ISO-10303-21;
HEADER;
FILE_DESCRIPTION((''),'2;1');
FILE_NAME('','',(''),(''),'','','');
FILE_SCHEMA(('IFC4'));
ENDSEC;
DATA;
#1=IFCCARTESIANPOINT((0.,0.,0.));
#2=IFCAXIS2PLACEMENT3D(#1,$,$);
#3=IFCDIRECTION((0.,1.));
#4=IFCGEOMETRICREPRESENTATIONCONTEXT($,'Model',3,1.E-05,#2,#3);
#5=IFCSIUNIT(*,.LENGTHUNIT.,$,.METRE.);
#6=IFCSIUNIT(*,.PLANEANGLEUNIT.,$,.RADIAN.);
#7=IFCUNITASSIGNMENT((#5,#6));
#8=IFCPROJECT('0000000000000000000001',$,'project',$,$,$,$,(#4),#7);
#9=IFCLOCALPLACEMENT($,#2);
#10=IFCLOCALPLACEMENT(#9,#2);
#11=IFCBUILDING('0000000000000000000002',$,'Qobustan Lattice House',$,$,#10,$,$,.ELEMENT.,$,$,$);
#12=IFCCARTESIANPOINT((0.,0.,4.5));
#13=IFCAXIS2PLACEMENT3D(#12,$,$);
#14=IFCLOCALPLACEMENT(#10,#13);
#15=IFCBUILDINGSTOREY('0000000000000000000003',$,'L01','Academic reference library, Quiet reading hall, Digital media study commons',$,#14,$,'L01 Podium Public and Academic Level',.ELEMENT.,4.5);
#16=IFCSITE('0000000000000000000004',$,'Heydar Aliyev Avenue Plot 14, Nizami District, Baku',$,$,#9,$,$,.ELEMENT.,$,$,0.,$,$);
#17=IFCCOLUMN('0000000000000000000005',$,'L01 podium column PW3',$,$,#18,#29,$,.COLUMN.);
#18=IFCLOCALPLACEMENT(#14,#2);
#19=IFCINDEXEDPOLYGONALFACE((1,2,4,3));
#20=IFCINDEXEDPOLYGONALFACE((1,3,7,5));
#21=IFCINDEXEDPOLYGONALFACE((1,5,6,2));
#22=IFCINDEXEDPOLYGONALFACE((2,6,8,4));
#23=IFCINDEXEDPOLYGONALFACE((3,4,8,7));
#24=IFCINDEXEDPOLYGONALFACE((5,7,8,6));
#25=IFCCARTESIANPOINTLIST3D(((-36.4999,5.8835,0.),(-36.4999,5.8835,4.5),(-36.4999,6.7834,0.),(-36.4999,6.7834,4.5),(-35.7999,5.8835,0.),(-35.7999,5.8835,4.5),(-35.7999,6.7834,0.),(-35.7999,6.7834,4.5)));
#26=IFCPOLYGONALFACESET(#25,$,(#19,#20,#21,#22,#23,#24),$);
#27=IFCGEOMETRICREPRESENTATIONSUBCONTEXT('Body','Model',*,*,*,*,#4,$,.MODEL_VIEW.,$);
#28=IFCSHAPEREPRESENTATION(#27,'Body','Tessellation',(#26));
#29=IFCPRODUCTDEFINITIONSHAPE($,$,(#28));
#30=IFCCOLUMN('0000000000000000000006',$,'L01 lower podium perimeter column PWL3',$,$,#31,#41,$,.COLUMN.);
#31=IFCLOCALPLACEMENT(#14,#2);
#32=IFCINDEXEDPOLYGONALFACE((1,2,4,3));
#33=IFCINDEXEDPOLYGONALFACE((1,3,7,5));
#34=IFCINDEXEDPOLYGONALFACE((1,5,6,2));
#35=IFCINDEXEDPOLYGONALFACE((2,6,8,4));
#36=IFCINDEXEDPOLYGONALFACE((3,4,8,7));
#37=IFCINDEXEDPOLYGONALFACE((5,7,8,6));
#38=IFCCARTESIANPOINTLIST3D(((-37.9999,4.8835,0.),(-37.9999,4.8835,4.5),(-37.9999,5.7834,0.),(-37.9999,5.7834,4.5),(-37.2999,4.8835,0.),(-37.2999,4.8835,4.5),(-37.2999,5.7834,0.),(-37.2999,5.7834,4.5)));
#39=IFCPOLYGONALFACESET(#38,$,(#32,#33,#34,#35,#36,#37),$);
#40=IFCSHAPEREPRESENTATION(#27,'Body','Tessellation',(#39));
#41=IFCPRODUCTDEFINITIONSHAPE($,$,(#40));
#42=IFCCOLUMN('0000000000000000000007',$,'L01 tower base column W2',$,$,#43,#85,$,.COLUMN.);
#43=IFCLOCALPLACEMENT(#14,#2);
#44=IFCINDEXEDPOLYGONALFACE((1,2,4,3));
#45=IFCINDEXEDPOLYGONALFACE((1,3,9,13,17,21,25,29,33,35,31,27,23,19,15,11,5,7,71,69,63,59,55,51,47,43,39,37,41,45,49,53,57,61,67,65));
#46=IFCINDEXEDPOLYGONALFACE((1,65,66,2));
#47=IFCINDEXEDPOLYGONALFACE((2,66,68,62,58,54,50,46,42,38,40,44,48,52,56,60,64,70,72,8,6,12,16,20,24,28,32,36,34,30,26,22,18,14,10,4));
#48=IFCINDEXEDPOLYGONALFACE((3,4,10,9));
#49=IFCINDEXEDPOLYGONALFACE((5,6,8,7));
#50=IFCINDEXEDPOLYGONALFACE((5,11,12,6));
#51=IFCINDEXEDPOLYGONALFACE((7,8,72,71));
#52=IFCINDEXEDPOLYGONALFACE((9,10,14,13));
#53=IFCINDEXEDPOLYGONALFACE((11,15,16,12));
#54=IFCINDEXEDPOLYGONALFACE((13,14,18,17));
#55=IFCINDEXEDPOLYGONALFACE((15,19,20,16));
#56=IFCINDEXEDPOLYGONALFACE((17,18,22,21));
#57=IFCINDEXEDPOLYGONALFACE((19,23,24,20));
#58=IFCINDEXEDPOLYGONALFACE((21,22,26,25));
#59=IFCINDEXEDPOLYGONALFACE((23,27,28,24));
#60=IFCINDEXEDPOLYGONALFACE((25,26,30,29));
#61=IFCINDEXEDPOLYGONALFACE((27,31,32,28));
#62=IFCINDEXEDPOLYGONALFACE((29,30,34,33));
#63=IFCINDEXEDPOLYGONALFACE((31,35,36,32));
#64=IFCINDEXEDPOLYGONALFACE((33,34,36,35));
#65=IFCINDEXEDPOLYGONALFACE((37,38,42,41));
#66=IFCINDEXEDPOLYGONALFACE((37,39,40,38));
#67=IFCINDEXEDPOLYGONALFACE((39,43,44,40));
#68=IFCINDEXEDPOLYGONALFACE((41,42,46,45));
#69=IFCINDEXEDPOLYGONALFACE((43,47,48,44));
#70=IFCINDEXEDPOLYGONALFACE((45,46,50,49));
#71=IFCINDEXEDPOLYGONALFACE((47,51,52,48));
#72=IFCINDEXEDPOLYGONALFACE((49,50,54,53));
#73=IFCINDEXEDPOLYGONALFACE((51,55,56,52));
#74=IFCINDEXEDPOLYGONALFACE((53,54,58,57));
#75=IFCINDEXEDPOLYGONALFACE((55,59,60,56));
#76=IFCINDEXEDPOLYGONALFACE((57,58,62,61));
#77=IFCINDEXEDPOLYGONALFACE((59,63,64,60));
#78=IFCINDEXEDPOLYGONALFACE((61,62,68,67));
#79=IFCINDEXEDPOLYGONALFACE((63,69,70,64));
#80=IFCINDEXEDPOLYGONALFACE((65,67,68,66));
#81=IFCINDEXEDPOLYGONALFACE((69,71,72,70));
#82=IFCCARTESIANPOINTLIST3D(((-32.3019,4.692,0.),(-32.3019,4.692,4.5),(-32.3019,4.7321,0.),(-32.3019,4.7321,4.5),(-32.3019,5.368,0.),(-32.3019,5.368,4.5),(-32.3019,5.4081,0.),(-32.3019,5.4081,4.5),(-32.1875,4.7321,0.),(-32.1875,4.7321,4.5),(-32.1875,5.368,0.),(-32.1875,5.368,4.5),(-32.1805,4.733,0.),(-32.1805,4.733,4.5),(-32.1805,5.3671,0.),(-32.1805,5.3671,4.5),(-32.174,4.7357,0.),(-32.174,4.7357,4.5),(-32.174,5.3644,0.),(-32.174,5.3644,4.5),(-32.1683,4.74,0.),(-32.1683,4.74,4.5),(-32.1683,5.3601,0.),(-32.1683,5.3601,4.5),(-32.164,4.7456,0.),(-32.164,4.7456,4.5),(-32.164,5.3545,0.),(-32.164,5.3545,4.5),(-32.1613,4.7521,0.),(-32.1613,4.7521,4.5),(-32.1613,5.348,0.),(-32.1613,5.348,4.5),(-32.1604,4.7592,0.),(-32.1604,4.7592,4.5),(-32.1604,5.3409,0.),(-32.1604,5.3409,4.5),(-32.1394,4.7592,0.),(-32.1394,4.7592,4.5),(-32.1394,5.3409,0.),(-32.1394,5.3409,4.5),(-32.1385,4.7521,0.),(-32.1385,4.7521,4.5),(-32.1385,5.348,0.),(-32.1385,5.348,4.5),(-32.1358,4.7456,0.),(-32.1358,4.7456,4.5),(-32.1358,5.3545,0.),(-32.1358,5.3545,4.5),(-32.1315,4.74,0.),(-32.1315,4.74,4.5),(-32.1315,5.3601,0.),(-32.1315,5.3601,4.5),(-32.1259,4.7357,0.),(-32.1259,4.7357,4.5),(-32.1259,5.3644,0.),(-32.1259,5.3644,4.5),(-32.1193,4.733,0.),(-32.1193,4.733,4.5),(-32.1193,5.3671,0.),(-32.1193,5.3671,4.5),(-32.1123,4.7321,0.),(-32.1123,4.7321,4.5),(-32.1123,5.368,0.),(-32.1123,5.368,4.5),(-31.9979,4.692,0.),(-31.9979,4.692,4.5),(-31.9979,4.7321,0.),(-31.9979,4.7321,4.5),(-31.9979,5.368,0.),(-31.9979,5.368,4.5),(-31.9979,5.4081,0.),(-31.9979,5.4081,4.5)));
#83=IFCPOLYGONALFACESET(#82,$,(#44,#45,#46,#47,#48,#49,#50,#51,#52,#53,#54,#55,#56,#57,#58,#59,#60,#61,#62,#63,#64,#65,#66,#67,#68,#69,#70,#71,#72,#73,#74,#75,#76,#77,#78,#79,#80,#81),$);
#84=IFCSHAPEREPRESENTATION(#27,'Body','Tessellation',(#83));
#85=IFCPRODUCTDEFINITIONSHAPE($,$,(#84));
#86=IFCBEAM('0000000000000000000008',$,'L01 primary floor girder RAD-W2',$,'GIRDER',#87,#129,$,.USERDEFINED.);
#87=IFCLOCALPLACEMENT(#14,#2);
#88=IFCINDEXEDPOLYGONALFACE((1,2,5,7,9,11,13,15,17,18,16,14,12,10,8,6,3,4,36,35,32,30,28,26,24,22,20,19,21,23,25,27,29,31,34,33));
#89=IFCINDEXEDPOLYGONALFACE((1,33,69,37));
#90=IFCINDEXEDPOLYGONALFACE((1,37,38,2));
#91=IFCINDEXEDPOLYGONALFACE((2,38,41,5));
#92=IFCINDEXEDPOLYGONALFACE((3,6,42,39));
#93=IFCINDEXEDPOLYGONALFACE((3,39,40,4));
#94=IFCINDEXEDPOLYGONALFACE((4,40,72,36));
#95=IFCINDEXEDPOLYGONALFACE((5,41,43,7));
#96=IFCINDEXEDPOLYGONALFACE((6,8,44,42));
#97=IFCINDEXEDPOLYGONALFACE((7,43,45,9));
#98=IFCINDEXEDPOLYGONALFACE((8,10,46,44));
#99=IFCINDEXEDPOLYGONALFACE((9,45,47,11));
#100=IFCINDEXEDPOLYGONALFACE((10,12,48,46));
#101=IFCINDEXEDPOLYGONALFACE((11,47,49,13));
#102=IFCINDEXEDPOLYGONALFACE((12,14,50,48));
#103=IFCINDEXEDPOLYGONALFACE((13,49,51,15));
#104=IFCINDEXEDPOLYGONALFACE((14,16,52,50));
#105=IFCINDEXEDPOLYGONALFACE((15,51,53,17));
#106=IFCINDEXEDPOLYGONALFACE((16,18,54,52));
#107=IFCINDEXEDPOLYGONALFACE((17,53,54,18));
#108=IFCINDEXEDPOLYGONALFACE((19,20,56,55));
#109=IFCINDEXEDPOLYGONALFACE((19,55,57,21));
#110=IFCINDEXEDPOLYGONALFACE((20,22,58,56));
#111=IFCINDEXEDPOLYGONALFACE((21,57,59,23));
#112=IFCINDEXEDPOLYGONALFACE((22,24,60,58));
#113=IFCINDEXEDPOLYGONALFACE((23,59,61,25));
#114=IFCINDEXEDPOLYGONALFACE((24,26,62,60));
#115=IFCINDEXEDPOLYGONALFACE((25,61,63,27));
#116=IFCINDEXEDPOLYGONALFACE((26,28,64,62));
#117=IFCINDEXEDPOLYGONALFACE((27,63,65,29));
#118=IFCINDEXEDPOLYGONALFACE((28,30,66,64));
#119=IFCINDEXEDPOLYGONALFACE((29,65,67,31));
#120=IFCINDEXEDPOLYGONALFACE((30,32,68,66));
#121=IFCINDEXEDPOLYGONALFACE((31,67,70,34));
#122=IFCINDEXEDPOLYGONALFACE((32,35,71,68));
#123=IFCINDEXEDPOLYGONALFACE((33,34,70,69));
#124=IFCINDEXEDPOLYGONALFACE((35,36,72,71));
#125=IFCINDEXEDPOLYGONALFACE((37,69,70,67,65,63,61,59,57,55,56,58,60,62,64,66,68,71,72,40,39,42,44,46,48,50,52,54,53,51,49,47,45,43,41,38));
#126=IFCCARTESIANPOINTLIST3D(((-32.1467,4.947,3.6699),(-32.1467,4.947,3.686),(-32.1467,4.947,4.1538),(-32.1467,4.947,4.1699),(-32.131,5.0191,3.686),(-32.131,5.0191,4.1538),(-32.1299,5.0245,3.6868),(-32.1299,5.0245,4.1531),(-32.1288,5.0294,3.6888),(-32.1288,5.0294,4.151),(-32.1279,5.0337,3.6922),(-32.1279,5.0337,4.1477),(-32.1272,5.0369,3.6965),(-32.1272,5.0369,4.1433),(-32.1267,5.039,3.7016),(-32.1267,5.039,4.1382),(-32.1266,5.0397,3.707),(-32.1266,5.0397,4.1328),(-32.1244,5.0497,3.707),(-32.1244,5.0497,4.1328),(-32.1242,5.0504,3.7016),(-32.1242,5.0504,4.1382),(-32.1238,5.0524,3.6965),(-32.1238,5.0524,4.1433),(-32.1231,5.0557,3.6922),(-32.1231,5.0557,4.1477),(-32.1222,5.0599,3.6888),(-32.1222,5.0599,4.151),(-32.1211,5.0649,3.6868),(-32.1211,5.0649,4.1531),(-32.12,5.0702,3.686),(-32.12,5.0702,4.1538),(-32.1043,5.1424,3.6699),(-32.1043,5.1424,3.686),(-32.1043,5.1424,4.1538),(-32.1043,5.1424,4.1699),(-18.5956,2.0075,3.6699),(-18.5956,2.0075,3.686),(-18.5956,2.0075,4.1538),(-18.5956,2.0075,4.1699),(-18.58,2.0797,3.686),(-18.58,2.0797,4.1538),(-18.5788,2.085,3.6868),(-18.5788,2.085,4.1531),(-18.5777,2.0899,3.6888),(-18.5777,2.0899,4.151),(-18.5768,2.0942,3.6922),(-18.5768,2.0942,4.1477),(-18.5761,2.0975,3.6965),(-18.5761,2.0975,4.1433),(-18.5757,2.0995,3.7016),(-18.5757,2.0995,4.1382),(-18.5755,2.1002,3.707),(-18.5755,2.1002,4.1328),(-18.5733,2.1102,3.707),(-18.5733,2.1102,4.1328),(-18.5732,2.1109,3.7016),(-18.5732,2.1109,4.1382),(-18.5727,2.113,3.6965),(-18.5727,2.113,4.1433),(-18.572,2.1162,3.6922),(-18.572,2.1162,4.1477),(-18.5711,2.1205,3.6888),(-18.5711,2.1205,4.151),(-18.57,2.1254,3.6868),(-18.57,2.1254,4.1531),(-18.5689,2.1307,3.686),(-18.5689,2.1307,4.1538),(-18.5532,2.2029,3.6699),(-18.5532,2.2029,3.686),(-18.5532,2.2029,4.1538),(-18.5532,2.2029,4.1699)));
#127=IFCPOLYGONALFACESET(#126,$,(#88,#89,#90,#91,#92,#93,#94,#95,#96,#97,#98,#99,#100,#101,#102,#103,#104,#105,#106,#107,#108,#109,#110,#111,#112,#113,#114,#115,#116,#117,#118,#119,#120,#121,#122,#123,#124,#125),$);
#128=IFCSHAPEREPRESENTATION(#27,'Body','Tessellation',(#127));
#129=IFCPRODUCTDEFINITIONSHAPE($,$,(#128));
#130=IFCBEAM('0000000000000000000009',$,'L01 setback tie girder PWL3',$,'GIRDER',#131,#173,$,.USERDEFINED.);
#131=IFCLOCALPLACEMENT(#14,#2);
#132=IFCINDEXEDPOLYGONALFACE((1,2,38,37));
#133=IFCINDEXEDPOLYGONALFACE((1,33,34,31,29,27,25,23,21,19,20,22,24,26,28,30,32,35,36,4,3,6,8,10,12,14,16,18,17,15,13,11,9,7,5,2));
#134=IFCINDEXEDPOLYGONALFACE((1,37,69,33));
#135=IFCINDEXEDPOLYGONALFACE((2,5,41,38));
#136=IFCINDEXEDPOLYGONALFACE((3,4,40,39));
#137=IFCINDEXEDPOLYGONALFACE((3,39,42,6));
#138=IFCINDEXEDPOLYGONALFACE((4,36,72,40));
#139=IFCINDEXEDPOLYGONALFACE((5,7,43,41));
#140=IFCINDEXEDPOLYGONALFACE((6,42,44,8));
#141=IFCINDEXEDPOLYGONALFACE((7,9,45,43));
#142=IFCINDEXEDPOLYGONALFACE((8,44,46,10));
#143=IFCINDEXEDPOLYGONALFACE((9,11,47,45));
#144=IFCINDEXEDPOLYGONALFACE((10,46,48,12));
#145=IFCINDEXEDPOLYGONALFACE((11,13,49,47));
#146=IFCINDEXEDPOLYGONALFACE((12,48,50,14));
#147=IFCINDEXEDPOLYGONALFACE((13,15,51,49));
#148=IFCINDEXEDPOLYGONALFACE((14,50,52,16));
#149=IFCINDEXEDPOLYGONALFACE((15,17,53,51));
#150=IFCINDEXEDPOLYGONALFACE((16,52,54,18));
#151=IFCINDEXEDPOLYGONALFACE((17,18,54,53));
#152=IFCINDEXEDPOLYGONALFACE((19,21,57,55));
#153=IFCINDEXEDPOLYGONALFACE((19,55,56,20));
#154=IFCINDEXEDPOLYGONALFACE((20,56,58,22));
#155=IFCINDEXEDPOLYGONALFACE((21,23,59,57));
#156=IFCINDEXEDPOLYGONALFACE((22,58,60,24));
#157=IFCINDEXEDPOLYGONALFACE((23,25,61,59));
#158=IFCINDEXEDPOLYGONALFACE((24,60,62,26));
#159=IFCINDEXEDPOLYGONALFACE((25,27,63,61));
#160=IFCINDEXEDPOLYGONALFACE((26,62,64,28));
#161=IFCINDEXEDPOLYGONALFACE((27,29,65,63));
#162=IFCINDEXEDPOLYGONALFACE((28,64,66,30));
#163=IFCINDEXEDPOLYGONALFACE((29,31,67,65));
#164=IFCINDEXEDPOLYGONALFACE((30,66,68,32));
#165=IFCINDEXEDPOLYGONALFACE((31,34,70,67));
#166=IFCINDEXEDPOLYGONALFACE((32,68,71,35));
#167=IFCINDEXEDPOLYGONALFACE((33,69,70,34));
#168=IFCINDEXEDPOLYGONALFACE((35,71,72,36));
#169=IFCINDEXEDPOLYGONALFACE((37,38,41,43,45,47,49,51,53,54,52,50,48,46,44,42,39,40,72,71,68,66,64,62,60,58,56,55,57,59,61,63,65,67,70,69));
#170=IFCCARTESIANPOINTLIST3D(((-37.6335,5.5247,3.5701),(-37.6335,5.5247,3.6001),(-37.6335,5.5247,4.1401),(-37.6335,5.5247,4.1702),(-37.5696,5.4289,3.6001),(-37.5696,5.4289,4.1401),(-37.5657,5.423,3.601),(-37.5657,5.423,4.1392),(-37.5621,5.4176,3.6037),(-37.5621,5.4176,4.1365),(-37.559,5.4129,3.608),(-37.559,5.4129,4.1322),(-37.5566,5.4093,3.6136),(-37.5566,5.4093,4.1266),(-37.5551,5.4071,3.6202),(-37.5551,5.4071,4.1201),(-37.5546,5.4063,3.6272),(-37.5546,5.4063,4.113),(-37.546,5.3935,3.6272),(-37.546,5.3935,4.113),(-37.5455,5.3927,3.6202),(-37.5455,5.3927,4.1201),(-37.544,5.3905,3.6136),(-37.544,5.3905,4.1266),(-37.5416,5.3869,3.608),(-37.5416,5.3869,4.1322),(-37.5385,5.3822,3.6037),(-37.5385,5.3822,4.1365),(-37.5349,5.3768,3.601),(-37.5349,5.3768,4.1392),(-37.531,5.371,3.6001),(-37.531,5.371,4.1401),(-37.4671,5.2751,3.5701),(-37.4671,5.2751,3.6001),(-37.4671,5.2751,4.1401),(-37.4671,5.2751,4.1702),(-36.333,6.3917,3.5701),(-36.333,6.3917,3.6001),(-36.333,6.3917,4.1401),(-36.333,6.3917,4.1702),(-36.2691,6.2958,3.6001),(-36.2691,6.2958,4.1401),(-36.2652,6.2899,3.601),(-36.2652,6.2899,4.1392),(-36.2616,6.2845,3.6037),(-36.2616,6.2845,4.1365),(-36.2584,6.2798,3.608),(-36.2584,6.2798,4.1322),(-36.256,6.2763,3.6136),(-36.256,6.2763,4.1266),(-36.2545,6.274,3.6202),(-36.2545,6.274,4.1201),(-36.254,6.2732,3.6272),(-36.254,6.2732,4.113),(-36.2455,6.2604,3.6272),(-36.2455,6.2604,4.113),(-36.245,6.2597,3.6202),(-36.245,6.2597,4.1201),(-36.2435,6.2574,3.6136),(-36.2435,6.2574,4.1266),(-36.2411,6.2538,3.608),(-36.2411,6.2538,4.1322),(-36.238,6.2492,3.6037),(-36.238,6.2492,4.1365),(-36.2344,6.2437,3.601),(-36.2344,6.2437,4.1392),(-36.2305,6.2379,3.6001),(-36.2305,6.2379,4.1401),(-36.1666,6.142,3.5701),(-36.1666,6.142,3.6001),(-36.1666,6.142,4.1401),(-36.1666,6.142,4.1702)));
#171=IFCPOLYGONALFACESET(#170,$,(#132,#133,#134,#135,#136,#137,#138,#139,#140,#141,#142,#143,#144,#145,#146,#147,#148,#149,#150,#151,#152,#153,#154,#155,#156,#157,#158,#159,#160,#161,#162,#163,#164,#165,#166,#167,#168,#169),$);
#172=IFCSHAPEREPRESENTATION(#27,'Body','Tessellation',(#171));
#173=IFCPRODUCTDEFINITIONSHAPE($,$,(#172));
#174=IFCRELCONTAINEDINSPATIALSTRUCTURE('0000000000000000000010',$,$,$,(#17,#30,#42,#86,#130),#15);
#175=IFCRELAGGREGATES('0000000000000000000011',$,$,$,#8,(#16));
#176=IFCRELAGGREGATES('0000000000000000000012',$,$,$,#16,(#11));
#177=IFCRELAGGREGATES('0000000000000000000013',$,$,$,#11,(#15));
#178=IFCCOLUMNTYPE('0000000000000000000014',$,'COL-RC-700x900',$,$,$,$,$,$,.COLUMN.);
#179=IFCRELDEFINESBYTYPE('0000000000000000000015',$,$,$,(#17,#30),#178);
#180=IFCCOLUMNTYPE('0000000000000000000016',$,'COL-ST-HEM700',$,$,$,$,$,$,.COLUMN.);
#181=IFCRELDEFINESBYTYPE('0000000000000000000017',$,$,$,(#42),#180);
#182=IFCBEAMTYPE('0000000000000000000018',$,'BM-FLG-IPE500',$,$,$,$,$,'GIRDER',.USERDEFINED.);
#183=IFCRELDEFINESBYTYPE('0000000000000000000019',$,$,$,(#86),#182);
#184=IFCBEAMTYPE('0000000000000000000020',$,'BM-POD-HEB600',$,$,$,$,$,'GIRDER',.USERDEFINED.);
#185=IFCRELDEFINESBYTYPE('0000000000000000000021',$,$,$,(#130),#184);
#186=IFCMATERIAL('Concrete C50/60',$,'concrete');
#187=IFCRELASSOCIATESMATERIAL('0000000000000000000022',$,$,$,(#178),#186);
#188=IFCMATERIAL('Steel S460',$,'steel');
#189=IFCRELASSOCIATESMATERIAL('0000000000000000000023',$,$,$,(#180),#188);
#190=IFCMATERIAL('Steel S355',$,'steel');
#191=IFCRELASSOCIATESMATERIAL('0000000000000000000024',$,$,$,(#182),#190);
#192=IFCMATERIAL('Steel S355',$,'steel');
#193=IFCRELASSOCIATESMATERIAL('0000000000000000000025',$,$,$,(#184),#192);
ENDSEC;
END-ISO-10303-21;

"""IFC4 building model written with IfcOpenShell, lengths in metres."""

from ifc_helpers import new_model, si_unit, direction, frame, origin, origin_2d, place, context, subcontext, project, spatial, rectangle, i_section, extrude, material, material_profile, profile_set, type_object, element, save


model = new_model("IFC4")

# Units and contexts
model_context = context("Model", 3, precision=1e-05, world=origin(), true_north=direction((0.0, 1.0)))
body_context = subcontext(model_context, "Body", "Model", "MODEL_VIEW")
ifc_project = project(units=[si_unit("LENGTHUNIT", "METRE"), si_unit("PLANEANGLEUNIT", "RADIAN")], contexts=[model_context])

# Site, building, storey
site_placement = place(None, origin())
site = spatial("IfcSite", under=ifc_project, at=site_placement, Name="Heydar Aliyev Avenue Plot 14, Nizami District, Baku", CompositionType="ELEMENT", RefElevation=0.0)
building_placement = place(site_placement, origin())
building = spatial("IfcBuilding", under=site, at=building_placement, Name="Qobustan Lattice House", CompositionType="ELEMENT")
storey_placement = place(building_placement, frame((0.0, 0.0, 4.5)))
storey = spatial("IfcBuildingStorey", under=building, at=storey_placement, Name="L01", Description="Academic reference library, Quiet reading hall, Digital media study commons", LongName="L01 Podium Public and Academic Level", CompositionType="ELEMENT", Elevation=4.5)

# Columns
ifc_material_1 = material(Name="Concrete C50/60", Category="concrete")
ifc_material_profile_1 = material_profile(ifc_material_1, rectangle(XDim=0.7, YDim=0.8999, at=origin_2d()), Name="RC700x900")
ifc_profile_set_1 = profile_set([ifc_material_profile_1], Name="Concrete C50/60")
column_type_1 = type_object("IfcColumnType", Name="COL-RC-700x900", PredefinedType="COLUMN", material=ifc_profile_set_1)
for number, where, z_axis, x_axis, name in (
    (1, (-36.1499, 6.3335, 0.0), (0.0, 0.0, 1.0), (1.0, 0.0, 0.0), "L01 podium column PW3"),
    (2, (-37.6499, 5.3335, 0.0), (0.0, 0.0, 1.0), (1.0, 0.0, 0.0), "L01 lower podium perimeter column PWL3"),
):
    element("IfcColumn", number, at=place(storey_placement, frame(where, z_axis=z_axis, x_axis=x_axis)), inside=storey, type_object=column_type_1, Name=name, PredefinedType="COLUMN", context=body_context, shape_type="SweptSolid", body=[
        extrude(rectangle(XDim=0.7, YDim=0.8999, at=origin_2d()), origin(), (0.0, 0.0, 1.0), 4.5),
    ])
ifc_material_2 = material(Name="Steel S460", Category="steel")
ifc_material_profile_2 = material_profile(ifc_material_2, i_section(OverallWidth=0.304, OverallDepth=0.7161, WebThickness=0.021, FlangeThickness=0.04, FilletRadius=0.0271, at=origin_2d()), Name="HEM700")
ifc_profile_set_2 = profile_set([ifc_material_profile_2], Name="Steel S460")
column_type_2 = type_object("IfcColumnType", Name="COL-ST-HEM700", PredefinedType="COLUMN", material=ifc_profile_set_2)
column_placement = place(storey_placement, frame((-32.1499, 5.05, 0.0), z_axis=(0.0, 0.0, 1.0), x_axis=(1.0, 0.0, 0.0)))
element("IfcColumn", 3, at=column_placement, inside=storey, type_object=column_type_2, Name="L01 tower base column W2", PredefinedType="COLUMN", context=body_context, shape_type="SweptSolid", body=[
    extrude(i_section(OverallWidth=0.304, OverallDepth=0.7161, WebThickness=0.021, FlangeThickness=0.04, FilletRadius=0.0271, at=origin_2d()), origin(), (0.0, 0.0, 1.0), 4.5),
])

# Beams
ifc_material_3 = material(Name="Steel S355", Category="steel")
ifc_material_profile_3 = material_profile(ifc_material_3, i_section(OverallWidth=0.2, OverallDepth=0.5, WebThickness=0.0103, FlangeThickness=0.0161, FilletRadius=0.021, at=origin_2d()), Name="IPE500")
ifc_profile_set_3 = profile_set([ifc_material_profile_3], Name="Steel S355")
beam_type_1 = type_object("IfcBeamType", Name="BM-FLG-IPE500", ElementType="GIRDER", PredefinedType="USERDEFINED", material=ifc_profile_set_3)
beam_1_placement = place(storey_placement, frame((-32.1255, 5.0447, 3.9199), z_axis=(0.977272, -0.211987, 0.0), x_axis=(0.211987, 0.977272, 0.0)))
element("IfcBeam", 4, at=beam_1_placement, inside=storey, type_object=beam_type_1, Name="L01 primary floor girder RAD-W2", ObjectType="GIRDER", PredefinedType="USERDEFINED", context=body_context, shape_type="SweptSolid", body=[
    extrude(i_section(OverallWidth=0.2, OverallDepth=0.5, WebThickness=0.0103, FlangeThickness=0.0161, FilletRadius=0.021, at=origin_2d()), origin(), (0.0, 0.0, 1.0), 13.8662),
])
ifc_material_4 = material(Name="Steel S355", Category="steel")
ifc_material_profile_4 = material_profile(ifc_material_4, i_section(OverallWidth=0.3, OverallDepth=0.6001, WebThickness=0.0154, FlangeThickness=0.03, FilletRadius=0.0271, at=origin_2d()), Name="HEB600")
ifc_profile_set_4 = profile_set([ifc_material_profile_4], Name="Steel S355")
beam_type_2 = type_object("IfcBeamType", Name="BM-POD-HEB600", ElementType="GIRDER", PredefinedType="USERDEFINED", material=ifc_profile_set_4)
beam_2_placement = place(storey_placement, frame((-37.5503, 5.3999, 3.8701), z_axis=(0.832074, 0.554664, 0.0), x_axis=(-0.554664, 0.832074, 0.0)))
element("IfcBeam", 5, at=beam_2_placement, inside=storey, type_object=beam_type_2, Name="L01 setback tie girder PWL3", ObjectType="GIRDER", PredefinedType="USERDEFINED", context=body_context, shape_type="SweptSolid", body=[
    extrude(i_section(OverallWidth=0.3, OverallDepth=0.6001, WebThickness=0.0154, FlangeThickness=0.03, FilletRadius=0.0271, at=origin_2d()), origin(), (0.0, 0.0, 1.0), 1.563),
])

save(model, "model.ifc")
